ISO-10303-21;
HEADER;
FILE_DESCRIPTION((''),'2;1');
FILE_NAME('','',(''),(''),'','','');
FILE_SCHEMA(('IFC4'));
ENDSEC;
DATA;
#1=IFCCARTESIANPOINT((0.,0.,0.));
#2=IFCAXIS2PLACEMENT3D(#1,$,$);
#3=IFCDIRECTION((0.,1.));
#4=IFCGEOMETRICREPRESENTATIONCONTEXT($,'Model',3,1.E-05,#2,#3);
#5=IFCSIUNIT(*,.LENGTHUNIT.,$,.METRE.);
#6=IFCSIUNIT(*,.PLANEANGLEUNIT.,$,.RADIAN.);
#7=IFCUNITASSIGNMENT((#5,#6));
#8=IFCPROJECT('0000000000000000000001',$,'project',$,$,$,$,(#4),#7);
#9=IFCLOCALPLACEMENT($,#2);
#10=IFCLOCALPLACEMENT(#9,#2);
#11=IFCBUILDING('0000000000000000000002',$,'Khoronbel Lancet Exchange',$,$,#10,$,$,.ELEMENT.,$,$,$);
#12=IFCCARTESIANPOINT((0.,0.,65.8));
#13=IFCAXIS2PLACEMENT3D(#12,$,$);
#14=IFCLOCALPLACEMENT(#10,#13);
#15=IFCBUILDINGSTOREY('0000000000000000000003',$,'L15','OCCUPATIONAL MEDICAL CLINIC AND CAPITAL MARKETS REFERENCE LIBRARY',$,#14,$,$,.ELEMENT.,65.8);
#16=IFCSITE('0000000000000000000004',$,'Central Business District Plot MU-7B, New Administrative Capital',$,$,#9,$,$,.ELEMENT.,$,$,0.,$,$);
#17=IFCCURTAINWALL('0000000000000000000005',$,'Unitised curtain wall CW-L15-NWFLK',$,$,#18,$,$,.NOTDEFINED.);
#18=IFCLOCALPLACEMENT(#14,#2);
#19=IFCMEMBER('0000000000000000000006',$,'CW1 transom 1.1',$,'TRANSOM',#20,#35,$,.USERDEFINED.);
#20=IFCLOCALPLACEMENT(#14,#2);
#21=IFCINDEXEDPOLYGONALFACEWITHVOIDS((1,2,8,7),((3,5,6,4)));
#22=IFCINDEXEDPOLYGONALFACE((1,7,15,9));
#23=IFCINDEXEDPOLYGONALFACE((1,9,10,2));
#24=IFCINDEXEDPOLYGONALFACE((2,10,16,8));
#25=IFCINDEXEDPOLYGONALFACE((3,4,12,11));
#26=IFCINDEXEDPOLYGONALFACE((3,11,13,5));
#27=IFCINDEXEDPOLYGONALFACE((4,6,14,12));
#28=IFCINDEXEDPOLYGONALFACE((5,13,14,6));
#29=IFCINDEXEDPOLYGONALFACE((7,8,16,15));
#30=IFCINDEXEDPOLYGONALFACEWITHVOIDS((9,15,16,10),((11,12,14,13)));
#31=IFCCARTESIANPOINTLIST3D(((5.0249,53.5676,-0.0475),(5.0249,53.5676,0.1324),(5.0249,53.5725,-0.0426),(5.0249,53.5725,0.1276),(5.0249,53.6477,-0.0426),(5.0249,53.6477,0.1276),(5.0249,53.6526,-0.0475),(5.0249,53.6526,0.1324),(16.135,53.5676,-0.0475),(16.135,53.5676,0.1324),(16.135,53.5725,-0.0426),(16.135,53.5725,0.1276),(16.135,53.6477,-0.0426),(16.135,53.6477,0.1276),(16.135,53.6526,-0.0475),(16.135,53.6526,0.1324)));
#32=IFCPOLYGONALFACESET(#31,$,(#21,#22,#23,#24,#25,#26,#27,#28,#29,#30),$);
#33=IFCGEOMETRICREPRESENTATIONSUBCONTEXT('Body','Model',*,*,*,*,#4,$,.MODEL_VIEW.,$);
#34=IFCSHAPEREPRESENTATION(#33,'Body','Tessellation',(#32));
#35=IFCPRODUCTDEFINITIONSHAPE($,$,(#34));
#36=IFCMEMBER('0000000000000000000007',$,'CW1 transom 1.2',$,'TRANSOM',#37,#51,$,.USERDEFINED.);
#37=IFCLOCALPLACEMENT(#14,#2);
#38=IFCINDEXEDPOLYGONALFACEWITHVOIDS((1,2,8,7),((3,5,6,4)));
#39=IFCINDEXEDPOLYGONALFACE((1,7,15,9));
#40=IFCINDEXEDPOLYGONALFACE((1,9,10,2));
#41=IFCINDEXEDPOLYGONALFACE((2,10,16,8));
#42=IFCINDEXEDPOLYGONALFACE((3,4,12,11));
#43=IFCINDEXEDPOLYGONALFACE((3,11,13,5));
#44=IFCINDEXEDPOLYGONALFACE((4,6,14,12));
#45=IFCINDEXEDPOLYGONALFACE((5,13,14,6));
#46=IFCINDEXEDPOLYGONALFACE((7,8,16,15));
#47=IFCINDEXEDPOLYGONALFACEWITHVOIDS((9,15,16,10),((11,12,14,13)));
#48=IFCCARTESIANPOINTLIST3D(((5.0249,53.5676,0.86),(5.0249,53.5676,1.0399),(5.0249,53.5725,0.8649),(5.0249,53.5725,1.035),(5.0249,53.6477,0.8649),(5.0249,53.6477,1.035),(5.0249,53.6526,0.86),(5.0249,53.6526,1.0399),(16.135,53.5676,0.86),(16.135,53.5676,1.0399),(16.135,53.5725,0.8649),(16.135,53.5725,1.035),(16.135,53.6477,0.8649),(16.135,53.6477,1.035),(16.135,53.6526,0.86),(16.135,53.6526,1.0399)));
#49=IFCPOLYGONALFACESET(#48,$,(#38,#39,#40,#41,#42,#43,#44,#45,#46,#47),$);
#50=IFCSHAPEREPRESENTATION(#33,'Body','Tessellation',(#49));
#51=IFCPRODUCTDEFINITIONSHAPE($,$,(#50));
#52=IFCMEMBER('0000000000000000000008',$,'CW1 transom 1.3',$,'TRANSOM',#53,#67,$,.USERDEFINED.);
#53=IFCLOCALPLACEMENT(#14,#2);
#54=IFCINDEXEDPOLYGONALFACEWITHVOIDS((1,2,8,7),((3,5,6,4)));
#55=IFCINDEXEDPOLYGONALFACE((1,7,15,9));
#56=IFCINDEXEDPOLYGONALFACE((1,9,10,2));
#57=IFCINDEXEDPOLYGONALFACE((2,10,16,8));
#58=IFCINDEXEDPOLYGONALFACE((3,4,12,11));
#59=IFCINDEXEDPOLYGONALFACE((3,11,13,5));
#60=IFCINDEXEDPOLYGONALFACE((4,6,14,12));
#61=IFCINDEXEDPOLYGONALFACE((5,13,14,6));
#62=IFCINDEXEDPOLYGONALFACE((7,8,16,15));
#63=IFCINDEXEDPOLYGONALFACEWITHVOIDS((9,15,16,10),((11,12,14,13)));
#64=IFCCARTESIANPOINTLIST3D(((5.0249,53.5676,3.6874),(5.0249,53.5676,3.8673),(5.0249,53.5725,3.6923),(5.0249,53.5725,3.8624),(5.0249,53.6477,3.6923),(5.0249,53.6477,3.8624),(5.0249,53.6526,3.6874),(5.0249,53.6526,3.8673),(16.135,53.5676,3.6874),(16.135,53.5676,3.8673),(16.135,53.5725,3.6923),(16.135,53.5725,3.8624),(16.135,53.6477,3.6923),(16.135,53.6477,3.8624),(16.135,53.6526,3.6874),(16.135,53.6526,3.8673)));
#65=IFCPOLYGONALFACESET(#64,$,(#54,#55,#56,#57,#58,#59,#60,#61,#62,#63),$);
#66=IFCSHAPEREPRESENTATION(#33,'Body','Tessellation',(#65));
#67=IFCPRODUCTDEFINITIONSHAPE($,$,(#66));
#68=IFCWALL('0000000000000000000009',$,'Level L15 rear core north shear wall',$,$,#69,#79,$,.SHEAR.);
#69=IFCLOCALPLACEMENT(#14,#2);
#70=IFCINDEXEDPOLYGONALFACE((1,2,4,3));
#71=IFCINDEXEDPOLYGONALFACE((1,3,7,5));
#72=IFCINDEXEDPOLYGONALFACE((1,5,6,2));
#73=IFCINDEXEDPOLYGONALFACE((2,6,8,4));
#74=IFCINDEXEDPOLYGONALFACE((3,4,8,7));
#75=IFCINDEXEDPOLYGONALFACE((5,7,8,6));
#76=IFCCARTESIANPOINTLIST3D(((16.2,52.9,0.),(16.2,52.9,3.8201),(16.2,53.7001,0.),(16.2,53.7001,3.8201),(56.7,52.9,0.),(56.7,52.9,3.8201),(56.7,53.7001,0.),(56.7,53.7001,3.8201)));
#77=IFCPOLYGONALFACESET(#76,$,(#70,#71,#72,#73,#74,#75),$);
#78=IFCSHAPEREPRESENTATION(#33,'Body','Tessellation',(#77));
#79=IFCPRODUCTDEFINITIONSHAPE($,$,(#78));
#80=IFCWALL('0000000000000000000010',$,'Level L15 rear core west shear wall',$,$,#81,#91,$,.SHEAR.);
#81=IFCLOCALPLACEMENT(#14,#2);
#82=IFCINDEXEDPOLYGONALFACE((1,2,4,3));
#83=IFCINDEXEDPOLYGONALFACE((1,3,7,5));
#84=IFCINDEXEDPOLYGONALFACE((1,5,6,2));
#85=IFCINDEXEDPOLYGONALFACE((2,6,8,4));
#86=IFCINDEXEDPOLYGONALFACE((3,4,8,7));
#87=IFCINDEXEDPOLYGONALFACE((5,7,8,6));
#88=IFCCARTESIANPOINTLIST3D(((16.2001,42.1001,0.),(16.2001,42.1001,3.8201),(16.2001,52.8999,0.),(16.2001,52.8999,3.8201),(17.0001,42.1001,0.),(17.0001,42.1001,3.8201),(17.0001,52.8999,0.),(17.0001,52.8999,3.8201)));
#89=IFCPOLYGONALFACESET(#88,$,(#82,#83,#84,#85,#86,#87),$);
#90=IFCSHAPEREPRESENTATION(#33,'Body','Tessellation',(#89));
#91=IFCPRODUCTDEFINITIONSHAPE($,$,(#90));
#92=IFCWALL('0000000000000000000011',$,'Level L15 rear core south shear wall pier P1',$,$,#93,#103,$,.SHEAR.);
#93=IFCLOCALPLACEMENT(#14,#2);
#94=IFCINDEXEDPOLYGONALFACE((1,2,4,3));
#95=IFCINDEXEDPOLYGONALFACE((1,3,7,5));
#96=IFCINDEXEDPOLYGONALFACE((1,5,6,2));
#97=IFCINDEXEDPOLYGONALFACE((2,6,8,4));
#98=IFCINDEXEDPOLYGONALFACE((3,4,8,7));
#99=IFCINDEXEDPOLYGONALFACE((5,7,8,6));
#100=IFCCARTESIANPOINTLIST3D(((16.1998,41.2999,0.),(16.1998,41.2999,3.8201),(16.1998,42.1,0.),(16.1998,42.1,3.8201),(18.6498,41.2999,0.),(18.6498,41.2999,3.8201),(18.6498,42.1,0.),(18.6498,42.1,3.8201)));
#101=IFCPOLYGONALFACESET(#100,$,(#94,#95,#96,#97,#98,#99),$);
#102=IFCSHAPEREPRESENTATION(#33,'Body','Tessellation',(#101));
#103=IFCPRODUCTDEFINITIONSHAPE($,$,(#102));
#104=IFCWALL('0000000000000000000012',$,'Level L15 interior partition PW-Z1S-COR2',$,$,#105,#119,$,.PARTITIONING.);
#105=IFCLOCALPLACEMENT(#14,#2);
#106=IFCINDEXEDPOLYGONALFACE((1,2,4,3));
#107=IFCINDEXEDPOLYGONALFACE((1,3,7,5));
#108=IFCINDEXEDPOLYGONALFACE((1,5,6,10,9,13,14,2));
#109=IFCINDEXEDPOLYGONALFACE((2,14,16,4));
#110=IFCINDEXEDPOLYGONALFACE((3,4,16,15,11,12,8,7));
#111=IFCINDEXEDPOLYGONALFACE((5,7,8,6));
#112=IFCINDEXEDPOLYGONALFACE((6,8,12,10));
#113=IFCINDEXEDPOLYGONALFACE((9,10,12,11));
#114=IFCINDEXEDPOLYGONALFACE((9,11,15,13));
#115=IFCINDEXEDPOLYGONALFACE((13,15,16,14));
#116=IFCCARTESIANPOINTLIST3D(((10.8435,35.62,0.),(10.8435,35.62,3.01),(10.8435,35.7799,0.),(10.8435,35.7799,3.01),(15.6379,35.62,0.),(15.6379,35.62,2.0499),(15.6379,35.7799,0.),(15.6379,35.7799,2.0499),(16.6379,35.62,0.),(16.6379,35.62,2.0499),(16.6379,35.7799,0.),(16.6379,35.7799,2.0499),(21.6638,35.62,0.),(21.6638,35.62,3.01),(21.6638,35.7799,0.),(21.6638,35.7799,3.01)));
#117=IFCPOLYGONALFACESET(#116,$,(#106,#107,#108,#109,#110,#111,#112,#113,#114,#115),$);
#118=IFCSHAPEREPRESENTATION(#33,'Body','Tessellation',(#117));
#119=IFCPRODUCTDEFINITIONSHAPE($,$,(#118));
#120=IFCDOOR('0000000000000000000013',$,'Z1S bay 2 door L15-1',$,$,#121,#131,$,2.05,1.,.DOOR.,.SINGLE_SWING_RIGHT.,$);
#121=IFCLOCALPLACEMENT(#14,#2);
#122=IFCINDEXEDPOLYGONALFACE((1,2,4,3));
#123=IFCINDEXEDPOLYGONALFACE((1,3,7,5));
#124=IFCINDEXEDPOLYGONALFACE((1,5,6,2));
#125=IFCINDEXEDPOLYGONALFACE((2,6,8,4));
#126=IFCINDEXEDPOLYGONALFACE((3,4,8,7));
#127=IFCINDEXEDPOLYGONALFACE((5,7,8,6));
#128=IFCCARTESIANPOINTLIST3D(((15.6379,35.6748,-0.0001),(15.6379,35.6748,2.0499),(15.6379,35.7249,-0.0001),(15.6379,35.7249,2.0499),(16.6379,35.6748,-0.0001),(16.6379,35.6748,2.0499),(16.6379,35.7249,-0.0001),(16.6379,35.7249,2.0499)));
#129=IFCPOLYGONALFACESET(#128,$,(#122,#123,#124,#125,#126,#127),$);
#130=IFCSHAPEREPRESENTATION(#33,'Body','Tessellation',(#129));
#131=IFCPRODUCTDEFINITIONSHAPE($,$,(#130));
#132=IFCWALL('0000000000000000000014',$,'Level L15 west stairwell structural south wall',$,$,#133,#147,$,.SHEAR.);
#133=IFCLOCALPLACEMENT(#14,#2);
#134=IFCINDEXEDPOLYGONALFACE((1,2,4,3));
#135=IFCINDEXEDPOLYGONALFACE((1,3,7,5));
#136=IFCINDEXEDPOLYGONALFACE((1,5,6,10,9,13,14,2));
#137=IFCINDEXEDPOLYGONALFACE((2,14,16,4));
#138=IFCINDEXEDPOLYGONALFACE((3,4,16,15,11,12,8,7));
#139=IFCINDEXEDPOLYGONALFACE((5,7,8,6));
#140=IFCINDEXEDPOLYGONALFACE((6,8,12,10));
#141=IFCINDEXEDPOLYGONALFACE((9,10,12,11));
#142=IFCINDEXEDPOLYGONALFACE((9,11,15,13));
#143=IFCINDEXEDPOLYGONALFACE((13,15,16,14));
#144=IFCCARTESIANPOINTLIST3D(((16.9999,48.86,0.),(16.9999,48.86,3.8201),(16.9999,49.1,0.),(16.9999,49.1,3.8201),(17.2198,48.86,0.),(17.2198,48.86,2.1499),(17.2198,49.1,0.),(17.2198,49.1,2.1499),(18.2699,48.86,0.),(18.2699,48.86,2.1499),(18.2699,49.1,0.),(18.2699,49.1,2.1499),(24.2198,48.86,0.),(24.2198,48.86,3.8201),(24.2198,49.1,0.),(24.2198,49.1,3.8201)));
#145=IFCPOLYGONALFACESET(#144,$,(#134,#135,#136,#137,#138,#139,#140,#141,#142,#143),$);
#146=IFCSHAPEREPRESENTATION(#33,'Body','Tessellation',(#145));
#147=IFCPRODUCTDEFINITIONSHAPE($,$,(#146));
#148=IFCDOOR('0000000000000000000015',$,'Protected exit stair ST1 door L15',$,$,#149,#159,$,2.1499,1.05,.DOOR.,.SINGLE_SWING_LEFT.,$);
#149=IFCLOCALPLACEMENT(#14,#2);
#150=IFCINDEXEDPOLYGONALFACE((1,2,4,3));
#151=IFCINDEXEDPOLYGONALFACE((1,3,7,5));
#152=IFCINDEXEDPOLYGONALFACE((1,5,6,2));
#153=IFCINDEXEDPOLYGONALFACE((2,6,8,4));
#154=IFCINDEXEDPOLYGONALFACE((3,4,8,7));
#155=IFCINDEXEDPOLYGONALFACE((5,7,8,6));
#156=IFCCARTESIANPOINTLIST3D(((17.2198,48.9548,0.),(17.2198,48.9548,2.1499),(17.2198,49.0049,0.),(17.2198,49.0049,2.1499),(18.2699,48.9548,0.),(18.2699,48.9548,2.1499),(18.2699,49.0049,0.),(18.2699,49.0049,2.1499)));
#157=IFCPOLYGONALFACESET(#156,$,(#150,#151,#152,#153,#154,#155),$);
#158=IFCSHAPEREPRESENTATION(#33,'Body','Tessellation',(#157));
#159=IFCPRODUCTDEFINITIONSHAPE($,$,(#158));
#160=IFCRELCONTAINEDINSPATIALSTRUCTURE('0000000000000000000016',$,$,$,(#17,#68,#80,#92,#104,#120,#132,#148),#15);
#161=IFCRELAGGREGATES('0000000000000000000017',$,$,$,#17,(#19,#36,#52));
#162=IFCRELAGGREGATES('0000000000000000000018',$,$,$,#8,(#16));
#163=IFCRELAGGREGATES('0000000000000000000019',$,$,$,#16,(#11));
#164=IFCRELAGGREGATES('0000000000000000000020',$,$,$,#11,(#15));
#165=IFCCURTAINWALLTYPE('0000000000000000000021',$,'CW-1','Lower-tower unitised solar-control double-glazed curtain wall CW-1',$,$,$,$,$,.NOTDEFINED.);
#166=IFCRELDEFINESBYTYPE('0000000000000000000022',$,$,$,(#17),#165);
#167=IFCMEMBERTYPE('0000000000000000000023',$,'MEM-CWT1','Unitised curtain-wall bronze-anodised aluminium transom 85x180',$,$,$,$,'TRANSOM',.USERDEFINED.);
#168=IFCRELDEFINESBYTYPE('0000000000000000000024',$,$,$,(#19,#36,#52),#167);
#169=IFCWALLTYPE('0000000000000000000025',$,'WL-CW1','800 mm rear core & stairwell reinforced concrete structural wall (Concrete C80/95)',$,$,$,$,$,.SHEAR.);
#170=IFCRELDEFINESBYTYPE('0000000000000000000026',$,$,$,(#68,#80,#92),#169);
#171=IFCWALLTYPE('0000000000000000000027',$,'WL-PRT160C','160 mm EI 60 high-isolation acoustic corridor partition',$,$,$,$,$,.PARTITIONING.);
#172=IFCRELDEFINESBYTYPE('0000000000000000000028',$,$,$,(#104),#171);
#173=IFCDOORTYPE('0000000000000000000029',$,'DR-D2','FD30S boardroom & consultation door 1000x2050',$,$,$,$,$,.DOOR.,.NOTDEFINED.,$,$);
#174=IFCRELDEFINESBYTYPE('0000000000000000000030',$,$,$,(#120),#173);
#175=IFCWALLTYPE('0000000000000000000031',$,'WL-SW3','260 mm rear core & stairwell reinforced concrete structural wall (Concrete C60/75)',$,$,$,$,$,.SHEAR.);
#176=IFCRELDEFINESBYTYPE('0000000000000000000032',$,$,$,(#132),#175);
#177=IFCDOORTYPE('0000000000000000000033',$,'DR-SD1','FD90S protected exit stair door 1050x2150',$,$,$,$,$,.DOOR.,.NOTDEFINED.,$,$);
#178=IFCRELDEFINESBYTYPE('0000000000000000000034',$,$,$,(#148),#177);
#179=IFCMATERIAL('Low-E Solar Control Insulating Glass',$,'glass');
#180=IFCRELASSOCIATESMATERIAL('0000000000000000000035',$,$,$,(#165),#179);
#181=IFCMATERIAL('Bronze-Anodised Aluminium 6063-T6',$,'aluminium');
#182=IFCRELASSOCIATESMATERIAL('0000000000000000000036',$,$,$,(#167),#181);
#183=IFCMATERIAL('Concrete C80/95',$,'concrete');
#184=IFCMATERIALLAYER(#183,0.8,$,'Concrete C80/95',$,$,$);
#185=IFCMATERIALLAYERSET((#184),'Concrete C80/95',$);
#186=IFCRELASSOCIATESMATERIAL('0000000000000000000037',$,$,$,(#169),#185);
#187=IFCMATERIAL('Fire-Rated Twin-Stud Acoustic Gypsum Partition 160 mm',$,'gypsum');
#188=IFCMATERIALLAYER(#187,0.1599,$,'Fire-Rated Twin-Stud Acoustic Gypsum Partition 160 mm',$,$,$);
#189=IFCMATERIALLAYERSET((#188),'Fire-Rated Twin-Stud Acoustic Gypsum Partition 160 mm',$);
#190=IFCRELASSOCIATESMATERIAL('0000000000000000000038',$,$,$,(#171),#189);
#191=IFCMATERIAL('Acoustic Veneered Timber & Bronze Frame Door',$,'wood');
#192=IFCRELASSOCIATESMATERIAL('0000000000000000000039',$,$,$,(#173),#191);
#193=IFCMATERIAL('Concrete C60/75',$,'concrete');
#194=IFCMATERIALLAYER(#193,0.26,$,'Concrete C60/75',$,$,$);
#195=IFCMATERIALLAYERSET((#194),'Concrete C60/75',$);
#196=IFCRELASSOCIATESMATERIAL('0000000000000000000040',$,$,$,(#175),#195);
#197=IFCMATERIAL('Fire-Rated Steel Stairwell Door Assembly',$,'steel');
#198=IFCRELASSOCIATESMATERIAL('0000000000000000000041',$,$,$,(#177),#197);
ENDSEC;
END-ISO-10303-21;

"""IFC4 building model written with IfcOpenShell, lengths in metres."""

from ifc_helpers import new_model, si_unit, direction, frame, frame_2d, origin, origin_2d, place, context, subcontext, project, spatial, rectangle, hollow_rectangle, extrude, material, layer, layer_set, material_profile, profile_set, type_object, element, fill, aggregate, save


model = new_model("IFC4")

# Units and contexts
model_context = context("Model", 3, precision=1e-05, world=origin(), true_north=direction((0.0, 1.0)))
body_context = subcontext(model_context, "Body", "Model", "MODEL_VIEW")
ifc_project = project(units=[si_unit("LENGTHUNIT", "METRE"), si_unit("PLANEANGLEUNIT", "RADIAN")], contexts=[model_context])

# Site, building, storey
site_placement = place(None, origin())
site = spatial("IfcSite", under=ifc_project, at=site_placement, Name="Central Business District Plot MU-7B, New Administrative Capital", CompositionType="ELEMENT", RefElevation=0.0)
building_placement = place(site_placement, origin())
building = spatial("IfcBuilding", under=site, at=building_placement, Name="Khoronbel Lancet Exchange", CompositionType="ELEMENT")
storey_placement = place(building_placement, frame((0.0, 0.0, 65.8)))
storey = spatial("IfcBuildingStorey", under=building, at=storey_placement, Name="L15", Description="OCCUPATIONAL MEDICAL CLINIC AND CAPITAL MARKETS REFERENCE LIBRARY", CompositionType="ELEMENT", Elevation=65.8)

# Shared definitions
ifc_material_1 = material(Name="Concrete C80/95", Category="concrete")

# Curtain wall, members
ifc_material_2 = material(Name="Low-E Solar Control Insulating Glass", Category="glass")
curtain_wall_type = type_object("IfcCurtainWallType", Name="CW-1", Description="Lower-tower unitised solar-control double-glazed curtain wall CW-1", PredefinedType="NOTDEFINED", material=ifc_material_2)
curtain_wall_placement = place(storey_placement, origin())
curtain_wall = element("IfcCurtainWall", 1, at=curtain_wall_placement, inside=storey, type_object=curtain_wall_type, Name="Unitised curtain wall CW-L15-NWFLK", PredefinedType="NOTDEFINED")
ifc_material_3 = material(Name="Bronze-Anodised Aluminium 6063-T6", Category="aluminium")
ifc_material_profile_1 = material_profile(ifc_material_3, hollow_rectangle(XDim=0.085, YDim=0.1799, WallThickness=0.0049, at=origin_2d()), Name="ALU TRANSOM 85x180")
ifc_profile_set_1 = profile_set([ifc_material_profile_1], Name="Bronze-Anodised Aluminium 6063-T6")
member_type_1 = type_object("IfcMemberType", Name="MEM-CWT1", Description="Unitised curtain-wall bronze-anodised aluminium transom 85x180", ElementType="TRANSOM", PredefinedType="USERDEFINED", material=ifc_profile_set_1)
member_1_placement = place(storey_placement, frame((16.135, 53.6101, 0.0425), z_axis=(-1.0, 0.0, 0.0), x_axis=(0.0, -1.0, 0.0)))
member_1 = element("IfcMember", 2, at=member_1_placement, type_object=member_type_1, Name="CW1 transom 1.1", ObjectType="TRANSOM", PredefinedType="USERDEFINED", context=body_context, shape_type="SweptSolid", body=[
    extrude(hollow_rectangle(XDim=0.085, YDim=0.1799, WallThickness=0.0049, at=origin_2d()), origin(), (0.0, 0.0, 1.0), 11.1101),
])
member_2_placement = place(storey_placement, frame((16.135, 53.6101, 0.95), z_axis=(-1.0, 0.0, 0.0), x_axis=(0.0, -1.0, 0.0)))
member_2 = element("IfcMember", 3, at=member_2_placement, type_object=member_type_1, Name="CW1 transom 1.2", ObjectType="TRANSOM", PredefinedType="USERDEFINED", context=body_context, shape_type="SweptSolid", body=[
    extrude(hollow_rectangle(XDim=0.085, YDim=0.1799, WallThickness=0.0049, at=origin_2d()), origin(), (0.0, 0.0, 1.0), 11.1101),
])
member_3_placement = place(storey_placement, frame((16.135, 53.6101, 3.7773), z_axis=(-1.0, 0.0, 0.0), x_axis=(0.0, -1.0, 0.0)))
member_3 = element("IfcMember", 4, at=member_3_placement, type_object=member_type_1, Name="CW1 transom 1.3", ObjectType="TRANSOM", PredefinedType="USERDEFINED", context=body_context, shape_type="SweptSolid", body=[
    extrude(hollow_rectangle(XDim=0.085, YDim=0.1799, WallThickness=0.0049, at=origin_2d()), origin(), (0.0, 0.0, 1.0), 11.1101),
])
aggregate(curtain_wall, [member_1, member_2, member_3])

# Walls
ifc_layer_1 = layer(ifc_material_1, 0.8, Name="Concrete C80/95")
ifc_layer_set_1 = layer_set([ifc_layer_1], Name="Concrete C80/95")
wall_type_1 = type_object("IfcWallType", Name="WL-CW1", Description="800 mm rear core & stairwell reinforced concrete structural wall (Concrete C80/95)", PredefinedType="SHEAR", material=ifc_layer_set_1)
wall_1_placement = place(storey_placement, frame((16.2, 53.3, 0.0), z_axis=(0.0, 0.0, 1.0), x_axis=(1.0, 0.0, 0.0)))
element("IfcWall", 5, at=wall_1_placement, inside=storey, type_object=wall_type_1, Name="Level L15 rear core north shear wall", PredefinedType="SHEAR", context=body_context, shape_type="SweptSolid", body=[
    extrude(rectangle(XDim=40.5, YDim=0.8, at=frame_2d((20.25, 0.0))), origin(), (0.0, 0.0, 1.0), 3.8201),
])
wall_2_placement = place(storey_placement, frame((16.6001, 42.1001, 0.0), z_axis=(0.0, 0.0, 1.0), x_axis=(0.0, 1.0, 0.0)))
element("IfcWall", 6, at=wall_2_placement, inside=storey, type_object=wall_type_1, Name="Level L15 rear core west shear wall", PredefinedType="SHEAR", context=body_context, shape_type="SweptSolid", body=[
    extrude(rectangle(XDim=10.7998, YDim=0.8, at=frame_2d((5.3999, 0.0))), origin(), (0.0, 0.0, 1.0), 3.8201),
])
wall_3_placement = place(storey_placement, frame((18.6499, 41.7, 0.0), z_axis=(0.0, 0.0, 1.0), x_axis=(-1.0, 0.0, 0.0)))
element("IfcWall", 7, at=wall_3_placement, inside=storey, type_object=wall_type_1, Name="Level L15 rear core south shear wall pier P1", PredefinedType="SHEAR", context=body_context, shape_type="SweptSolid", body=[
    extrude(rectangle(XDim=2.45, YDim=0.8, at=frame_2d((1.2251, 0.0))), origin(), (0.0, 0.0, 1.0), 3.8201),
])

# Walls, openings, doors
ifc_material_4 = material(Name="Fire-Rated Twin-Stud Acoustic Gypsum Partition 160 mm", Category="gypsum")
ifc_layer_2 = layer(ifc_material_4, 0.1599, Name="Fire-Rated Twin-Stud Acoustic Gypsum Partition 160 mm")
ifc_layer_set_2 = layer_set([ifc_layer_2], Name="Fire-Rated Twin-Stud Acoustic Gypsum Partition 160 mm")
wall_type_2 = type_object("IfcWallType", Name="WL-PRT160C", Description="160 mm EI 60 high-isolation acoustic corridor partition", PredefinedType="PARTITIONING", material=ifc_layer_set_2)
wall_4_placement = place(storey_placement, frame((10.8435, 35.7, 0.0), z_axis=(0.0, 0.0, 1.0), x_axis=(1.0, 0.0, 0.0)))
wall_4 = element("IfcWall", 8, at=wall_4_placement, inside=storey, type_object=wall_type_2, Name="Level L15 interior partition PW-Z1S-COR2", PredefinedType="PARTITIONING", context=body_context, shape_type="SweptSolid", body=[
    extrude(rectangle(XDim=10.8203, YDim=0.1599, at=frame_2d((5.4102, 0.0))), origin(), (0.0, 0.0, 1.0), 3.01),
])
opening_1_placement = place(wall_4_placement, frame((4.7944, 0.0, 0.0)))
opening_1 = element("IfcOpeningElement", 9, at=opening_1_placement, cuts=wall_4, PredefinedType="OPENING", context=body_context, shape_type="SweptSolid", body=[
    extrude(rectangle(XDim=1.0, YDim=2.05, at=frame_2d((0.5, 1.0249))), frame((0.0, 0.0898, 0.0), z_axis=(0.0, -1.0, 0.0), x_axis=(1.0, 0.0, 0.0)), (0.0, 0.0, 1.0), 0.1799),
])
ifc_material_5 = material(Name="Acoustic Veneered Timber & Bronze Frame Door", Category="wood")
door_type_1 = type_object("IfcDoorType", Name="DR-D2", Description="FD30S boardroom & consultation door 1000x2050", OperationType="NOTDEFINED", PredefinedType="DOOR", material=ifc_material_5)
door_1_placement = place(opening_1_placement, origin())
door_1 = element("IfcDoor", 10, at=door_1_placement, inside=storey, type_object=door_type_1, Name="Z1S bay 2 door L15-1", OperationType="SINGLE_SWING_RIGHT", OverallHeight=2.05, OverallWidth=1.0, PredefinedType="DOOR", context=body_context, shape_type="SweptSolid", body=[
    extrude(rectangle(XDim=1.0, YDim=2.05, at=frame_2d((0.5, 1.0249))), frame((0.0, 0.0249, 0.0), z_axis=(0.0, -1.0, 0.0), x_axis=(1.0, 0.0, 0.0)), (0.0, 0.0, 1.0), 0.05),
])
fill(opening_1, door_1)
ifc_material_6 = material(Name="Concrete C60/75", Category="concrete")
ifc_layer_3 = layer(ifc_material_6, 0.26, Name="Concrete C60/75")
ifc_layer_set_3 = layer_set([ifc_layer_3], Name="Concrete C60/75")
wall_type_3 = type_object("IfcWallType", Name="WL-SW3", Description="260 mm rear core & stairwell reinforced concrete structural wall (Concrete C60/75)", PredefinedType="SHEAR", material=ifc_layer_set_3)
wall_5_placement = place(storey_placement, frame((17.0, 48.98, 0.0), z_axis=(0.0, 0.0, 1.0), x_axis=(1.0, 0.0, 0.0)))
wall_5 = element("IfcWall", 11, at=wall_5_placement, inside=storey, type_object=wall_type_3, Name="Level L15 west stairwell structural south wall", PredefinedType="SHEAR", context=body_context, shape_type="SweptSolid", body=[
    extrude(rectangle(XDim=7.22, YDim=0.24, at=frame_2d((3.6099, 0.0))), origin(), (0.0, 0.0, 1.0), 3.8201),
])
opening_2_placement = place(wall_5_placement, frame((0.22, 0.0, 0.0)))
opening_2 = element("IfcOpeningElement", 12, at=opening_2_placement, cuts=wall_5, PredefinedType="OPENING", context=body_context, shape_type="SweptSolid", body=[
    extrude(rectangle(XDim=1.05, YDim=2.1499, at=frame_2d((0.5249, 1.075))), frame((0.0, 0.1299, 0.0), z_axis=(0.0, -1.0, 0.0), x_axis=(1.0, 0.0, 0.0)), (0.0, 0.0, 1.0), 0.26),
])
ifc_material_7 = material(Name="Fire-Rated Steel Stairwell Door Assembly", Category="steel")
door_type_2 = type_object("IfcDoorType", Name="DR-SD1", Description="FD90S protected exit stair door 1050x2150", OperationType="NOTDEFINED", PredefinedType="DOOR", material=ifc_material_7)
door_2_placement = place(opening_2_placement, origin())
door_2 = element("IfcDoor", 13, at=door_2_placement, inside=storey, type_object=door_type_2, Name="Protected exit stair ST1 door L15", OperationType="SINGLE_SWING_LEFT", OverallHeight=2.1499, OverallWidth=1.05, PredefinedType="DOOR", context=body_context, shape_type="SweptSolid", body=[
    extrude(rectangle(XDim=1.05, YDim=2.1499, at=frame_2d((0.5249, 1.075))), frame((0.0, 0.0249, 0.0), z_axis=(0.0, -1.0, 0.0), x_axis=(1.0, 0.0, 0.0)), (0.0, 0.0, 1.0), 0.05),
])
fill(opening_2, door_2)

save(model, "model.ifc")
